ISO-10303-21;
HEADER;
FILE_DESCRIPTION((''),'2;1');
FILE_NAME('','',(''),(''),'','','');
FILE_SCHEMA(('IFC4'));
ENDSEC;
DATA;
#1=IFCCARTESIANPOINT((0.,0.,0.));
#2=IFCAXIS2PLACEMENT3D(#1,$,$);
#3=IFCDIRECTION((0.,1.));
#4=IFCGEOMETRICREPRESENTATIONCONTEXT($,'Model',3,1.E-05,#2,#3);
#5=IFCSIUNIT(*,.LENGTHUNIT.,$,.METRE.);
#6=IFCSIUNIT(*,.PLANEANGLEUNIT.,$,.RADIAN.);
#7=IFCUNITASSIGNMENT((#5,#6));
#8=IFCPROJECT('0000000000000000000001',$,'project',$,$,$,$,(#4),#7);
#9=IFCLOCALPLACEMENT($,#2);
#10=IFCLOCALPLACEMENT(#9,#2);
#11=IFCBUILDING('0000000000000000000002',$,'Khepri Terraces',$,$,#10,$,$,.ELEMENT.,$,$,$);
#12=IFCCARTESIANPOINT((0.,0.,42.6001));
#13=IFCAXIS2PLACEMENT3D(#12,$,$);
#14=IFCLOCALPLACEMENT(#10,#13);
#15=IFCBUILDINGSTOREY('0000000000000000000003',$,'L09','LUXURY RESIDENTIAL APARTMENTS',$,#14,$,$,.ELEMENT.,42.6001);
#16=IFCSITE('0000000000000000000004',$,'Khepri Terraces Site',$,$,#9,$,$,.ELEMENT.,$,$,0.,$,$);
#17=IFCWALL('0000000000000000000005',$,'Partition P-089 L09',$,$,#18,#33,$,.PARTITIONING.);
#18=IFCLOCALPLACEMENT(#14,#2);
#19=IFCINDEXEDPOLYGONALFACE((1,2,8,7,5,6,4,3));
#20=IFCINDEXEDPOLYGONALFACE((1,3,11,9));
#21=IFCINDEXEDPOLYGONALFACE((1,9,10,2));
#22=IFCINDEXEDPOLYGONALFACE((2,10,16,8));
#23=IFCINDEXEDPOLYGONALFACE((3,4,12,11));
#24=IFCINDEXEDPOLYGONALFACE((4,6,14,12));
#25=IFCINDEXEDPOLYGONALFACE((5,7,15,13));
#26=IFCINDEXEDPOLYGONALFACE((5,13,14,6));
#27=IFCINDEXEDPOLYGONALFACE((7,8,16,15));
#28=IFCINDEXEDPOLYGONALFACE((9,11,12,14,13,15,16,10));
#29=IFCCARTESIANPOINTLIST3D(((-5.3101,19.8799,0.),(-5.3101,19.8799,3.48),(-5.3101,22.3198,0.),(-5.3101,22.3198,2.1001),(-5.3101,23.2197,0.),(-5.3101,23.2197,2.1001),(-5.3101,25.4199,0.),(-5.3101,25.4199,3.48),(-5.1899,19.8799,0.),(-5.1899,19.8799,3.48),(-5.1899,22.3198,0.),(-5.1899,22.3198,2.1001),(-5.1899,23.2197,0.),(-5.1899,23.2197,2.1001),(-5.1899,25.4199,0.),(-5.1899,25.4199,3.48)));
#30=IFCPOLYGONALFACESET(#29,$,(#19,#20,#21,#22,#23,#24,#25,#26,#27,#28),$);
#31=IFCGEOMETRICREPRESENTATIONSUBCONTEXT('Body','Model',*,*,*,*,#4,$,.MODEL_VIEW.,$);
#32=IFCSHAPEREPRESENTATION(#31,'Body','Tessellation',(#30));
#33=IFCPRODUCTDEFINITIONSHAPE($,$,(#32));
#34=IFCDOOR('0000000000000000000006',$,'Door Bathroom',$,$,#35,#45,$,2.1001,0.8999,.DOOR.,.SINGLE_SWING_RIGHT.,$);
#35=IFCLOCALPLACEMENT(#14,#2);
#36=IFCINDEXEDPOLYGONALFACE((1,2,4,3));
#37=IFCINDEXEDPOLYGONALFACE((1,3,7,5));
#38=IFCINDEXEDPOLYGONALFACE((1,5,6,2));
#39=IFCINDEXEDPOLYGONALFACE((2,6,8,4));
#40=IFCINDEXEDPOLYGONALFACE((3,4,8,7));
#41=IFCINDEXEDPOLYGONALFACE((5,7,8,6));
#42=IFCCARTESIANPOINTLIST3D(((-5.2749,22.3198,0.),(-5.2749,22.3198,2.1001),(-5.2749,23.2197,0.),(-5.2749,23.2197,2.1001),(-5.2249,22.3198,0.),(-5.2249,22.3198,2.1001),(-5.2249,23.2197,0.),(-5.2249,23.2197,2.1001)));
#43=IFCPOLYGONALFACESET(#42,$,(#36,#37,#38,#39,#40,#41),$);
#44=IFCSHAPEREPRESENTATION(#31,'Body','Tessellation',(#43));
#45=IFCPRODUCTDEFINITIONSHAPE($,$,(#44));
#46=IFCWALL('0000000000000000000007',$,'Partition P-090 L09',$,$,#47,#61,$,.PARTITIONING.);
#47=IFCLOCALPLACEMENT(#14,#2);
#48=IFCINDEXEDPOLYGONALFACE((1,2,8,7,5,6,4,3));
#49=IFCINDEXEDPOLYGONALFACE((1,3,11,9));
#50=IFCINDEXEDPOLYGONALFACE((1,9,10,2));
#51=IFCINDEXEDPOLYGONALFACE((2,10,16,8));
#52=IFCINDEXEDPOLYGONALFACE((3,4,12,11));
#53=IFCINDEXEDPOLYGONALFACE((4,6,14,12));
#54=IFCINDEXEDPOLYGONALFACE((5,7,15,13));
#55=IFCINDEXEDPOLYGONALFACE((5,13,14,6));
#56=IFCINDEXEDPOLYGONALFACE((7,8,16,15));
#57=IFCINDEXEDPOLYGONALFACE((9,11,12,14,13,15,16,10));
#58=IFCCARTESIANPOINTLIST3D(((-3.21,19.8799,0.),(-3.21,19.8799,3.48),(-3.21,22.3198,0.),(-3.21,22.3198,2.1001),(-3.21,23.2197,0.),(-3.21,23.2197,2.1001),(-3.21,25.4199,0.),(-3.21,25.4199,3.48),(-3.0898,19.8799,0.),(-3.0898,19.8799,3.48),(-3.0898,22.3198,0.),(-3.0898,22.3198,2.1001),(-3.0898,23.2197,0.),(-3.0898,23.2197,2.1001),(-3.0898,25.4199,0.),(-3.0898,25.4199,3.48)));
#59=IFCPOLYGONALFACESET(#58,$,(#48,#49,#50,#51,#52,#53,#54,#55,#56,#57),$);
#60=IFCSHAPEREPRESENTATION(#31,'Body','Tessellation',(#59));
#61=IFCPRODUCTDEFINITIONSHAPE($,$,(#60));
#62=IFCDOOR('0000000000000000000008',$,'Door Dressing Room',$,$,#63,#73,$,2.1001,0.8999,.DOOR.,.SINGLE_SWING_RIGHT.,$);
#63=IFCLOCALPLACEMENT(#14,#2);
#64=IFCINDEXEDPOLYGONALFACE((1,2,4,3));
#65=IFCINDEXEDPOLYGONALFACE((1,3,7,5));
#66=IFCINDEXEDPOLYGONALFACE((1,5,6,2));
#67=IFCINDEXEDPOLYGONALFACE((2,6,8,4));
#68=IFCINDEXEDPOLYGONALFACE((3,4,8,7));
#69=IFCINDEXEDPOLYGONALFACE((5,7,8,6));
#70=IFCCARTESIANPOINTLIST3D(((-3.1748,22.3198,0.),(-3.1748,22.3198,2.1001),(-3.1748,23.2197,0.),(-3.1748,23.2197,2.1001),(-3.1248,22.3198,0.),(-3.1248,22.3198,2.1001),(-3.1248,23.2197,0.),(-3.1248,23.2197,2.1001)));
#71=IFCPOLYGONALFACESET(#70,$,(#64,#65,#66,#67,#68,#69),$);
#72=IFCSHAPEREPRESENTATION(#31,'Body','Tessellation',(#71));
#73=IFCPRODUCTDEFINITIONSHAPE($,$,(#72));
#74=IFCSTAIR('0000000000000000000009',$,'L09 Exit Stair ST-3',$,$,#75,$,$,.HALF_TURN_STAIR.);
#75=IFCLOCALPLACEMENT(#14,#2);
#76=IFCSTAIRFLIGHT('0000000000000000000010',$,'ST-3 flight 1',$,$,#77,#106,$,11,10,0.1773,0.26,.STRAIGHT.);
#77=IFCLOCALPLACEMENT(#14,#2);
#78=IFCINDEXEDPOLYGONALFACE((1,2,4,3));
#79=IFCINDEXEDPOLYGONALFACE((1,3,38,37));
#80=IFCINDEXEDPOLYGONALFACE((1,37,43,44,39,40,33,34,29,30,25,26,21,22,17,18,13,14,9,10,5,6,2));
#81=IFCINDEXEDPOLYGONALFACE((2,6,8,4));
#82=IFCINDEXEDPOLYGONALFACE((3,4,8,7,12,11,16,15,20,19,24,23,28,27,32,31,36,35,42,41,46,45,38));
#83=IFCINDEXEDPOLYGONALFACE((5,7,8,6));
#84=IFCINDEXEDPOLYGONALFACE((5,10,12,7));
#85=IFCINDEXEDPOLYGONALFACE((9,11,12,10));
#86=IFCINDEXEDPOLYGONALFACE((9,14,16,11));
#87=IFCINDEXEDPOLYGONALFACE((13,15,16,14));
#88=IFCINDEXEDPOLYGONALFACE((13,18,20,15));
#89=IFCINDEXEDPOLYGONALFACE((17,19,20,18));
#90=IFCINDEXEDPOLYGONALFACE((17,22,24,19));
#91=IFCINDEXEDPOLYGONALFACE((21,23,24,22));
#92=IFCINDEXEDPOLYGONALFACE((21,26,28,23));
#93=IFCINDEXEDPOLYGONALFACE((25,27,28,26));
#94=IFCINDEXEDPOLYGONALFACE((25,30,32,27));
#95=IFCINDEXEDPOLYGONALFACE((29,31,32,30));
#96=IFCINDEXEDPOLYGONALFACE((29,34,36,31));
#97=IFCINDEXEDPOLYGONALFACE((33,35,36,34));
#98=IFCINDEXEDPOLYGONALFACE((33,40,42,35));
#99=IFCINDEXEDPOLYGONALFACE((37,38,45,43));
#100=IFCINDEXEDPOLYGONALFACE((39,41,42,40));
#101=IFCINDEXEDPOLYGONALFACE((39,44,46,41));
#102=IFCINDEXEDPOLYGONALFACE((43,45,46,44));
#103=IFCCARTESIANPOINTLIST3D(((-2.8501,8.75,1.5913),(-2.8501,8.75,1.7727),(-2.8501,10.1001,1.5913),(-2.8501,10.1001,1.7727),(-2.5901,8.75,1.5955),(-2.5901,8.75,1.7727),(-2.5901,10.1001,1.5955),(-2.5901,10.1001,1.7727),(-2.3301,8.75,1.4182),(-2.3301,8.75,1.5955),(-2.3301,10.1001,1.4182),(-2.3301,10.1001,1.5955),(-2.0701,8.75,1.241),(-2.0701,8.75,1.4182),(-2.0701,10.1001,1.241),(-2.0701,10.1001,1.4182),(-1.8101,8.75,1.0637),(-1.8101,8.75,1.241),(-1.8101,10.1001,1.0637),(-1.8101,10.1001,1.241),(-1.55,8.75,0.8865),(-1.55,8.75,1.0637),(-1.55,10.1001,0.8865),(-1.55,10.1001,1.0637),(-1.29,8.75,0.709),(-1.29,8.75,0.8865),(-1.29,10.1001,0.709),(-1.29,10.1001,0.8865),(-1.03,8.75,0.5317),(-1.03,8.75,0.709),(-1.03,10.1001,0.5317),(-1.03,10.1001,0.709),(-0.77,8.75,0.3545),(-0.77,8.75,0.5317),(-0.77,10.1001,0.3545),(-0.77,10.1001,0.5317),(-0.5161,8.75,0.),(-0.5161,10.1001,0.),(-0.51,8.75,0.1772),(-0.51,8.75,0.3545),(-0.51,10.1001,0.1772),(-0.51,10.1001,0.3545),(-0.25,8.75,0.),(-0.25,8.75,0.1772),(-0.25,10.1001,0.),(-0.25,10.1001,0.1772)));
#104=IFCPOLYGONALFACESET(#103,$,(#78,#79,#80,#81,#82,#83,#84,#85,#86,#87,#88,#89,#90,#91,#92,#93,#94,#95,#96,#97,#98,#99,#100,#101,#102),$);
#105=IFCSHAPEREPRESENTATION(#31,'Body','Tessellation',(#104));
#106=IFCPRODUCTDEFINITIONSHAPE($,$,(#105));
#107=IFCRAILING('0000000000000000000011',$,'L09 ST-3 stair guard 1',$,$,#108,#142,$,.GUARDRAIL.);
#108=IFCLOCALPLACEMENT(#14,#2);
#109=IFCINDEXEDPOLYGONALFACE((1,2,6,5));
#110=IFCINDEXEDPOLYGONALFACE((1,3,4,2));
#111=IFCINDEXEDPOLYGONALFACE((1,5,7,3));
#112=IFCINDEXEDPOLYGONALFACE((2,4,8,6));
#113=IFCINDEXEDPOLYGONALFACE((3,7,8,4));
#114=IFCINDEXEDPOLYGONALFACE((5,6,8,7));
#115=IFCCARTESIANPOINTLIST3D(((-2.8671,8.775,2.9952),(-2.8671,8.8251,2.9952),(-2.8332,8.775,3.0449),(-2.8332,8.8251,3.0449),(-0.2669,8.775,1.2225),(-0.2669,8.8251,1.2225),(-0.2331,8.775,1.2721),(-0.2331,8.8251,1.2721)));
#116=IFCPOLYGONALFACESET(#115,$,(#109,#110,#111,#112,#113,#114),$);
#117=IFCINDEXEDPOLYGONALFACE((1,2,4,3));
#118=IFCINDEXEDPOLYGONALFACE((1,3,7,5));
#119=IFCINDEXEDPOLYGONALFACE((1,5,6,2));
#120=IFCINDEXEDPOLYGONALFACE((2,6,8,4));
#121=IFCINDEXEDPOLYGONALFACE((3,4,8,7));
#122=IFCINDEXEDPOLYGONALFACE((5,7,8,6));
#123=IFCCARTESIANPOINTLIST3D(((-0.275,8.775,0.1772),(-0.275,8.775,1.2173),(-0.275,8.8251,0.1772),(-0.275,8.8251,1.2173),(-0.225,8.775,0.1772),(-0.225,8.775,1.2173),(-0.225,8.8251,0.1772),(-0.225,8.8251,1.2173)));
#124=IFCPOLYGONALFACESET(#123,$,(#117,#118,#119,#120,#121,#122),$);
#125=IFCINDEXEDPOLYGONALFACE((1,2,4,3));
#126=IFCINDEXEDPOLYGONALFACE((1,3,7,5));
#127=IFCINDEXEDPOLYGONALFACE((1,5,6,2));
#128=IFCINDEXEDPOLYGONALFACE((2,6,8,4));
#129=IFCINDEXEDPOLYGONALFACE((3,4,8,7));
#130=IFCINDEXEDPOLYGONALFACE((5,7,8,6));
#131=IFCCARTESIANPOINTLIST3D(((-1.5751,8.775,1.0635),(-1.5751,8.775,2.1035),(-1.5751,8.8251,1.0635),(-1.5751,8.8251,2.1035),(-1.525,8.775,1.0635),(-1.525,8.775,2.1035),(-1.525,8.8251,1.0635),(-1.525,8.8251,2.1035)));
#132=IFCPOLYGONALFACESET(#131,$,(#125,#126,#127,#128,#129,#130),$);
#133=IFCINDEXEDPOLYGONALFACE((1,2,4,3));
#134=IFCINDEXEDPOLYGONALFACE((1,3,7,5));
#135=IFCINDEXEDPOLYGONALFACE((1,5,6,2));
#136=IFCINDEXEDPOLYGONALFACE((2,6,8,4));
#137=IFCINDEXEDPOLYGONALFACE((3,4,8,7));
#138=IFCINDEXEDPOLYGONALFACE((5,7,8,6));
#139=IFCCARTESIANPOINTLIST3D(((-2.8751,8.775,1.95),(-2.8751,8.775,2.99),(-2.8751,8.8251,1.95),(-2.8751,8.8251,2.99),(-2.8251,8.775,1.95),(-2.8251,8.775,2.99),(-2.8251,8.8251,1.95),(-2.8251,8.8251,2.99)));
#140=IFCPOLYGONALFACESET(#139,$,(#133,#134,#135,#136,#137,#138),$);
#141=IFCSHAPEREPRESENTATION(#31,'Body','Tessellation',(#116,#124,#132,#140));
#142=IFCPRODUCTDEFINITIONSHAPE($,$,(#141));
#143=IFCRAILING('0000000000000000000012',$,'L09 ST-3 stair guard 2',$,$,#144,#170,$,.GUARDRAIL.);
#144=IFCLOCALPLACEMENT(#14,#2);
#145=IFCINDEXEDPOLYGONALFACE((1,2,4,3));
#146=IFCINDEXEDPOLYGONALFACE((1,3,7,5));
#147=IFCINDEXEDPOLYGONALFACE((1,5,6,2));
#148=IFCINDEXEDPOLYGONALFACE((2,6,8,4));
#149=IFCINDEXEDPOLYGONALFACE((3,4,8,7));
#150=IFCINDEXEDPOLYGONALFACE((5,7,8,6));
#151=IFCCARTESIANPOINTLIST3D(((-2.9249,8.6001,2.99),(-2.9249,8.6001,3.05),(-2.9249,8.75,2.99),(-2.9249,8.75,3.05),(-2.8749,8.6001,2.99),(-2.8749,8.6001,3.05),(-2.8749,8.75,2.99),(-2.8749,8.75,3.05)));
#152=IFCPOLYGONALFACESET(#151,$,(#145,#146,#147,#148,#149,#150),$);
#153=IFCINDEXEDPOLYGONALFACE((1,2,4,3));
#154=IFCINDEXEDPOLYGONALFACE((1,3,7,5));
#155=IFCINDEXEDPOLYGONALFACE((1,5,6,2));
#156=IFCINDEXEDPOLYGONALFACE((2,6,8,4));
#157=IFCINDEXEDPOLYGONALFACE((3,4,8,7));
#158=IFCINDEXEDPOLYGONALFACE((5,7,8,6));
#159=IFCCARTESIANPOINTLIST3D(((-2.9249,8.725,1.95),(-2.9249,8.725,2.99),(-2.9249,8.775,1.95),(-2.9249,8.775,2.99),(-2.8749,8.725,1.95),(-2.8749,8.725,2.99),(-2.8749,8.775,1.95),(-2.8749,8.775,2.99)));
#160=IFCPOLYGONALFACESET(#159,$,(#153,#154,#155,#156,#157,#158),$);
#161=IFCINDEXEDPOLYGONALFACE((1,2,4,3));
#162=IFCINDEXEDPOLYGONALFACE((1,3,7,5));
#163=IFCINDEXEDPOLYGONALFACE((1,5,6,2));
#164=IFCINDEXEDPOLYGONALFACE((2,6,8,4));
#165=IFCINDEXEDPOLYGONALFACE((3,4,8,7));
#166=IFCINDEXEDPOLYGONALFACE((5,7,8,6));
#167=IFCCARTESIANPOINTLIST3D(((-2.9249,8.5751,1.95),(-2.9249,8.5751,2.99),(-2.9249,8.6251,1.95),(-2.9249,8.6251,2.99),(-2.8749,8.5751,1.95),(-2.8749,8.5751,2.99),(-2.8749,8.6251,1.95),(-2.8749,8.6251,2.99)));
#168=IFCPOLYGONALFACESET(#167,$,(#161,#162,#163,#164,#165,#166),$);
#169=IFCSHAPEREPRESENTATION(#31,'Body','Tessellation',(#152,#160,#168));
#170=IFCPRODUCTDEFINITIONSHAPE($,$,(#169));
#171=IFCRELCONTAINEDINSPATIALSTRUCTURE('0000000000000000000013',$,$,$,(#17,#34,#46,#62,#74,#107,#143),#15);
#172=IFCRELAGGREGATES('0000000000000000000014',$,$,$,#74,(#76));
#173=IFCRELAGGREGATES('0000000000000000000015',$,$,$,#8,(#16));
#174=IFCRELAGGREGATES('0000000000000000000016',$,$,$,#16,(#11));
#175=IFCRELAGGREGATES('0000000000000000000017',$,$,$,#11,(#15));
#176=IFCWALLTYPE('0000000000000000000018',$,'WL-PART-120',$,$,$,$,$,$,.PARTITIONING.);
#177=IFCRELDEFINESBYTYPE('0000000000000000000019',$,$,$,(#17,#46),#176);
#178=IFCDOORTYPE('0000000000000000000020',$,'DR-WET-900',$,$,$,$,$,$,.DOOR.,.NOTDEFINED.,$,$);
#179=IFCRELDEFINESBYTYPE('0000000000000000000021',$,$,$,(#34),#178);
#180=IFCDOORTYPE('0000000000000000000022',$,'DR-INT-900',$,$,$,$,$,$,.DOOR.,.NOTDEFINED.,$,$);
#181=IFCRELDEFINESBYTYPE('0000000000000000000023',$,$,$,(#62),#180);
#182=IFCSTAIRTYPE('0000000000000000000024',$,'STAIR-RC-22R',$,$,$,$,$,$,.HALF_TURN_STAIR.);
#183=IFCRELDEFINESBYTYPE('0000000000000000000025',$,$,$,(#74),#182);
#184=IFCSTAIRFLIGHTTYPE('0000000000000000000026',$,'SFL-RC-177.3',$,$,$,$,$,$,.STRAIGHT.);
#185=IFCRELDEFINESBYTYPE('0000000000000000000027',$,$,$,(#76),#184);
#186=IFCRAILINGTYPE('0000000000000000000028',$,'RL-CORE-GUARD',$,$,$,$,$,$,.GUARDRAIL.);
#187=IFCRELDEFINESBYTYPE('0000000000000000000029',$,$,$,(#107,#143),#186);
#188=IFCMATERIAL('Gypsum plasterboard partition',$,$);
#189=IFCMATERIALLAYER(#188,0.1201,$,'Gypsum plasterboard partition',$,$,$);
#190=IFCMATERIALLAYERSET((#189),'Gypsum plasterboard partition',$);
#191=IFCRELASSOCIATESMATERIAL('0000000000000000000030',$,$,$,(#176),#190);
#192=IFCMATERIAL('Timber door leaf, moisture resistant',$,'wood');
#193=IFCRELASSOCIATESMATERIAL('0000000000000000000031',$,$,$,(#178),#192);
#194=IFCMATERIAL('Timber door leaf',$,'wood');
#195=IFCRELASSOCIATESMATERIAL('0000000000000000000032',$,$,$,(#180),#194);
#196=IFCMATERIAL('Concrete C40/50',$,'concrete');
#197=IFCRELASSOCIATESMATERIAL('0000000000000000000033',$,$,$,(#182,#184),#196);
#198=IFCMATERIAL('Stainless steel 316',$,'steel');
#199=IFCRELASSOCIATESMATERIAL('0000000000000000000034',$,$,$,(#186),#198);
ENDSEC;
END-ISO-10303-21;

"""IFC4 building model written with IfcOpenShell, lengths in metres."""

from ifc_helpers import new_model, si_unit, direction, frame, frame_2d, origin, origin_2d, place, context, subcontext, project, spatial, polyline, rectangle, outline, extrude, material, layer, layer_set, type_object, element, fill, aggregate, save


model = new_model("IFC4")

# Units and contexts
model_context = context("Model", 3, precision=1e-05, world=origin(), true_north=direction((0.0, 1.0)))
body_context = subcontext(model_context, "Body", "Model", "MODEL_VIEW")
ifc_project = project(units=[si_unit("LENGTHUNIT", "METRE"), si_unit("PLANEANGLEUNIT", "RADIAN")], contexts=[model_context])

# Site, building, storey
site_placement = place(None, origin())
site = spatial("IfcSite", under=ifc_project, at=site_placement, Name="Khepri Terraces Site", CompositionType="ELEMENT", RefElevation=0.0)
building_placement = place(site_placement, origin())
building = spatial("IfcBuilding", under=site, at=building_placement, Name="Khepri Terraces", CompositionType="ELEMENT")
storey_placement = place(building_placement, frame((0.0, 0.0, 42.6001)))
storey = spatial("IfcBuildingStorey", under=building, at=storey_placement, Name="L09", Description="LUXURY RESIDENTIAL APARTMENTS", CompositionType="ELEMENT", Elevation=42.6001)

# Shared definitions
ifc_material_1 = material(Name="Gypsum plasterboard partition")
ifc_layer_1 = layer(ifc_material_1, 0.1201, Name="Gypsum plasterboard partition")
ifc_layer_set_1 = layer_set([ifc_layer_1], Name="Gypsum plasterboard partition")
wall_type_1 = type_object("IfcWallType", Name="WL-PART-120", PredefinedType="PARTITIONING", material=ifc_layer_set_1)

# Walls, openings, doors
wall_1_placement = place(storey_placement, frame((-5.25, 19.8799, 0.0), z_axis=(0.0, 0.0, 1.0), x_axis=(0.0, 1.0, 0.0)))
wall_1 = element("IfcWall", 1, at=wall_1_placement, inside=storey, type_object=wall_type_1, Name="Partition P-089 L09", PredefinedType="PARTITIONING", context=body_context, shape_type="SweptSolid", body=[
    extrude(rectangle(XDim=5.54, YDim=0.1201, at=frame_2d((2.77, 0.0))), origin(), (0.0, 0.0, 1.0), 3.48),
])
opening_1_placement = place(wall_1_placement, frame((2.4399, 0.0, 0.0)))
opening_1 = element("IfcOpeningElement", 2, at=opening_1_placement, cuts=wall_1, PredefinedType="OPENING", context=body_context, shape_type="SweptSolid", body=[
    extrude(rectangle(XDim=0.8999, YDim=2.1001, at=frame_2d((0.45, 1.05))), frame((0.0, 0.0701, 0.0), z_axis=(0.0, -1.0, 0.0), x_axis=(1.0, 0.0, 0.0)), (0.0, 0.0, 1.0), 0.1401),
])
ifc_material_2 = material(Name="Timber door leaf, moisture resistant", Category="wood")
door_type_1 = type_object("IfcDoorType", Name="DR-WET-900", OperationType="NOTDEFINED", PredefinedType="DOOR", material=ifc_material_2)
door_1_placement = place(opening_1_placement, origin())
door_1 = element("IfcDoor", 3, at=door_1_placement, inside=storey, type_object=door_type_1, Name="Door Bathroom", OperationType="SINGLE_SWING_RIGHT", OverallHeight=2.1001, OverallWidth=0.8999, PredefinedType="DOOR", context=body_context, shape_type="SweptSolid", body=[
    extrude(rectangle(XDim=0.8999, YDim=2.1001, at=frame_2d((0.45, 1.05))), frame((0.0, 0.0249, 0.0), z_axis=(0.0, -1.0, 0.0), x_axis=(1.0, 0.0, 0.0)), (0.0, 0.0, 1.0), 0.05),
])
fill(opening_1, door_1)
wall_2_placement = place(storey_placement, frame((-3.1499, 19.8799, 0.0), z_axis=(0.0, 0.0, 1.0), x_axis=(0.0, 1.0, 0.0)))
wall_2 = element("IfcWall", 4, at=wall_2_placement, inside=storey, type_object=wall_type_1, Name="Partition P-090 L09", PredefinedType="PARTITIONING", context=body_context, shape_type="SweptSolid", body=[
    extrude(rectangle(XDim=5.54, YDim=0.1201, at=frame_2d((2.77, 0.0))), origin(), (0.0, 0.0, 1.0), 3.48),
])
opening_2_placement = place(wall_2_placement, frame((2.4399, 0.0, 0.0)))
opening_2 = element("IfcOpeningElement", 5, at=opening_2_placement, cuts=wall_2, PredefinedType="OPENING", context=body_context, shape_type="SweptSolid", body=[
    extrude(rectangle(XDim=0.8999, YDim=2.1001, at=frame_2d((0.45, 1.05))), frame((0.0, 0.0701, 0.0), z_axis=(0.0, -1.0, 0.0), x_axis=(1.0, 0.0, 0.0)), (0.0, 0.0, 1.0), 0.1401),
])
ifc_material_3 = material(Name="Timber door leaf", Category="wood")
door_type_2 = type_object("IfcDoorType", Name="DR-INT-900", OperationType="NOTDEFINED", PredefinedType="DOOR", material=ifc_material_3)
door_2_placement = place(opening_2_placement, origin())
door_2 = element("IfcDoor", 6, at=door_2_placement, inside=storey, type_object=door_type_2, Name="Door Dressing Room", OperationType="SINGLE_SWING_RIGHT", OverallHeight=2.1001, OverallWidth=0.8999, PredefinedType="DOOR", context=body_context, shape_type="SweptSolid", body=[
    extrude(rectangle(XDim=0.8999, YDim=2.1001, at=frame_2d((0.45, 1.05))), frame((0.0, 0.0249, 0.0), z_axis=(0.0, -1.0, 0.0), x_axis=(1.0, 0.0, 0.0)), (0.0, 0.0, 1.0), 0.05),
])
fill(opening_2, door_2)

# Stair, stair flight
ifc_material_4 = material(Name="Concrete C40/50", Category="concrete")
stair_type = type_object("IfcStairType", Name="STAIR-RC-22R", PredefinedType="HALF_TURN_STAIR", material=ifc_material_4)
stair_placement = place(storey_placement, origin())
stair = element("IfcStair", 7, at=stair_placement, inside=storey, type_object=stair_type, Name="L09 Exit Stair ST-3", PredefinedType="HALF_TURN_STAIR")
stair_flight_type = type_object("IfcStairFlightType", Name="SFL-RC-177.3", PredefinedType="STRAIGHT", material=ifc_material_4)
stair_flight_placement = place(storey_placement, frame((-0.25, 9.425, 0.0), z_axis=(0.0, 0.0, 1.0), x_axis=(-1.0, 0.0, 0.0)))
stair_flight = element("IfcStairFlight", 8, at=stair_flight_placement, type_object=stair_flight_type, Name="ST-3 flight 1", NumberOfRisers=11, NumberOfTreads=10, PredefinedType="STRAIGHT", RiserHeight=0.1773, TreadLength=0.26, context=body_context, shape_type="SweptSolid", body=[
    extrude(outline(polyline([(0.0, 0.0), (0.0, 0.1772), (0.26, 0.1772), (0.26, 0.3545), (0.52, 0.3545), (0.52, 0.5317), (0.78, 0.5317), (0.78, 0.709), (1.04, 0.709), (1.04, 0.8865), (1.3, 0.8865), (1.3, 1.0637), (1.5601, 1.0637), (1.5601, 1.241), (1.8201, 1.241), (1.8201, 1.4182), (2.0801, 1.4182), (2.0801, 1.5955), (2.3401, 1.5955), (2.3401, 1.7727), (2.6001, 1.7727), (2.6001, 1.95), (2.6001, 1.5913), (0.2661, 0.0), (0.0, 0.0)])), frame((0.0, 0.675, 0.0), z_axis=(0.0, -1.0, 0.0), x_axis=(1.0, 0.0, 0.0)), (0.0, 0.0, 1.0), 1.3501),
])
aggregate(stair, [stair_flight])

# Railings
ifc_material_5 = material(Name="Stainless steel 316", Category="steel")
railing_type_1 = type_object("IfcRailingType", Name="RL-CORE-GUARD", PredefinedType="GUARDRAIL", material=ifc_material_5)
railing_1_placement = place(storey_placement, frame((-0.25, 8.8, 0.1772)))
element("IfcRailing", 9, at=railing_1_placement, inside=storey, type_object=railing_type_1, Name="L09 ST-3 stair guard 1", PredefinedType="GUARDRAIL", context=body_context, shape_type="SweptSolid", body=[
    extrude(rectangle(XDim=0.05, YDim=0.0601, at=origin_2d()), frame((0.0, 0.0, 1.0701), z_axis=(-0.82624, 0.0, 0.563318), x_axis=(0.0, -1.0, 0.0)), (0.0, 0.0, 1.0), 3.147),
    extrude(rectangle(XDim=0.05, YDim=0.05, at=origin_2d()), origin(), (0.0, 0.0, 1.0), 1.04),
    extrude(rectangle(XDim=0.05, YDim=0.05, at=origin_2d()), frame((-1.3, 0.0, 0.8862)), (0.0, 0.0, 1.0), 1.04),
    extrude(rectangle(XDim=0.05, YDim=0.05, at=origin_2d()), frame((-2.6001, 0.0, 1.7727)), (0.0, 0.0, 1.0), 1.04),
])
railing_2_placement = place(storey_placement, frame((-2.8999, 8.75, 1.95)))
element("IfcRailing", 10, at=railing_2_placement, inside=storey, type_object=railing_type_1, Name="L09 ST-3 stair guard 2", PredefinedType="GUARDRAIL", context=body_context, shape_type="SweptSolid", body=[
    extrude(rectangle(XDim=0.05, YDim=0.0601, at=origin_2d()), frame((0.0, 0.0, 1.0701), z_axis=(0.0, -1.0, 0.0), x_axis=(1.0, 0.0, 0.0)), (0.0, 0.0, 1.0), 0.1499),
    extrude(rectangle(XDim=0.05, YDim=0.05, at=origin_2d()), origin(), (0.0, 0.0, 1.0), 1.04),
    extrude(rectangle(XDim=0.05, YDim=0.05, at=origin_2d()), frame((0.0, -0.1499, 0.0)), (0.0, 0.0, 1.0), 1.04),
])

save(model, "model.ifc")
